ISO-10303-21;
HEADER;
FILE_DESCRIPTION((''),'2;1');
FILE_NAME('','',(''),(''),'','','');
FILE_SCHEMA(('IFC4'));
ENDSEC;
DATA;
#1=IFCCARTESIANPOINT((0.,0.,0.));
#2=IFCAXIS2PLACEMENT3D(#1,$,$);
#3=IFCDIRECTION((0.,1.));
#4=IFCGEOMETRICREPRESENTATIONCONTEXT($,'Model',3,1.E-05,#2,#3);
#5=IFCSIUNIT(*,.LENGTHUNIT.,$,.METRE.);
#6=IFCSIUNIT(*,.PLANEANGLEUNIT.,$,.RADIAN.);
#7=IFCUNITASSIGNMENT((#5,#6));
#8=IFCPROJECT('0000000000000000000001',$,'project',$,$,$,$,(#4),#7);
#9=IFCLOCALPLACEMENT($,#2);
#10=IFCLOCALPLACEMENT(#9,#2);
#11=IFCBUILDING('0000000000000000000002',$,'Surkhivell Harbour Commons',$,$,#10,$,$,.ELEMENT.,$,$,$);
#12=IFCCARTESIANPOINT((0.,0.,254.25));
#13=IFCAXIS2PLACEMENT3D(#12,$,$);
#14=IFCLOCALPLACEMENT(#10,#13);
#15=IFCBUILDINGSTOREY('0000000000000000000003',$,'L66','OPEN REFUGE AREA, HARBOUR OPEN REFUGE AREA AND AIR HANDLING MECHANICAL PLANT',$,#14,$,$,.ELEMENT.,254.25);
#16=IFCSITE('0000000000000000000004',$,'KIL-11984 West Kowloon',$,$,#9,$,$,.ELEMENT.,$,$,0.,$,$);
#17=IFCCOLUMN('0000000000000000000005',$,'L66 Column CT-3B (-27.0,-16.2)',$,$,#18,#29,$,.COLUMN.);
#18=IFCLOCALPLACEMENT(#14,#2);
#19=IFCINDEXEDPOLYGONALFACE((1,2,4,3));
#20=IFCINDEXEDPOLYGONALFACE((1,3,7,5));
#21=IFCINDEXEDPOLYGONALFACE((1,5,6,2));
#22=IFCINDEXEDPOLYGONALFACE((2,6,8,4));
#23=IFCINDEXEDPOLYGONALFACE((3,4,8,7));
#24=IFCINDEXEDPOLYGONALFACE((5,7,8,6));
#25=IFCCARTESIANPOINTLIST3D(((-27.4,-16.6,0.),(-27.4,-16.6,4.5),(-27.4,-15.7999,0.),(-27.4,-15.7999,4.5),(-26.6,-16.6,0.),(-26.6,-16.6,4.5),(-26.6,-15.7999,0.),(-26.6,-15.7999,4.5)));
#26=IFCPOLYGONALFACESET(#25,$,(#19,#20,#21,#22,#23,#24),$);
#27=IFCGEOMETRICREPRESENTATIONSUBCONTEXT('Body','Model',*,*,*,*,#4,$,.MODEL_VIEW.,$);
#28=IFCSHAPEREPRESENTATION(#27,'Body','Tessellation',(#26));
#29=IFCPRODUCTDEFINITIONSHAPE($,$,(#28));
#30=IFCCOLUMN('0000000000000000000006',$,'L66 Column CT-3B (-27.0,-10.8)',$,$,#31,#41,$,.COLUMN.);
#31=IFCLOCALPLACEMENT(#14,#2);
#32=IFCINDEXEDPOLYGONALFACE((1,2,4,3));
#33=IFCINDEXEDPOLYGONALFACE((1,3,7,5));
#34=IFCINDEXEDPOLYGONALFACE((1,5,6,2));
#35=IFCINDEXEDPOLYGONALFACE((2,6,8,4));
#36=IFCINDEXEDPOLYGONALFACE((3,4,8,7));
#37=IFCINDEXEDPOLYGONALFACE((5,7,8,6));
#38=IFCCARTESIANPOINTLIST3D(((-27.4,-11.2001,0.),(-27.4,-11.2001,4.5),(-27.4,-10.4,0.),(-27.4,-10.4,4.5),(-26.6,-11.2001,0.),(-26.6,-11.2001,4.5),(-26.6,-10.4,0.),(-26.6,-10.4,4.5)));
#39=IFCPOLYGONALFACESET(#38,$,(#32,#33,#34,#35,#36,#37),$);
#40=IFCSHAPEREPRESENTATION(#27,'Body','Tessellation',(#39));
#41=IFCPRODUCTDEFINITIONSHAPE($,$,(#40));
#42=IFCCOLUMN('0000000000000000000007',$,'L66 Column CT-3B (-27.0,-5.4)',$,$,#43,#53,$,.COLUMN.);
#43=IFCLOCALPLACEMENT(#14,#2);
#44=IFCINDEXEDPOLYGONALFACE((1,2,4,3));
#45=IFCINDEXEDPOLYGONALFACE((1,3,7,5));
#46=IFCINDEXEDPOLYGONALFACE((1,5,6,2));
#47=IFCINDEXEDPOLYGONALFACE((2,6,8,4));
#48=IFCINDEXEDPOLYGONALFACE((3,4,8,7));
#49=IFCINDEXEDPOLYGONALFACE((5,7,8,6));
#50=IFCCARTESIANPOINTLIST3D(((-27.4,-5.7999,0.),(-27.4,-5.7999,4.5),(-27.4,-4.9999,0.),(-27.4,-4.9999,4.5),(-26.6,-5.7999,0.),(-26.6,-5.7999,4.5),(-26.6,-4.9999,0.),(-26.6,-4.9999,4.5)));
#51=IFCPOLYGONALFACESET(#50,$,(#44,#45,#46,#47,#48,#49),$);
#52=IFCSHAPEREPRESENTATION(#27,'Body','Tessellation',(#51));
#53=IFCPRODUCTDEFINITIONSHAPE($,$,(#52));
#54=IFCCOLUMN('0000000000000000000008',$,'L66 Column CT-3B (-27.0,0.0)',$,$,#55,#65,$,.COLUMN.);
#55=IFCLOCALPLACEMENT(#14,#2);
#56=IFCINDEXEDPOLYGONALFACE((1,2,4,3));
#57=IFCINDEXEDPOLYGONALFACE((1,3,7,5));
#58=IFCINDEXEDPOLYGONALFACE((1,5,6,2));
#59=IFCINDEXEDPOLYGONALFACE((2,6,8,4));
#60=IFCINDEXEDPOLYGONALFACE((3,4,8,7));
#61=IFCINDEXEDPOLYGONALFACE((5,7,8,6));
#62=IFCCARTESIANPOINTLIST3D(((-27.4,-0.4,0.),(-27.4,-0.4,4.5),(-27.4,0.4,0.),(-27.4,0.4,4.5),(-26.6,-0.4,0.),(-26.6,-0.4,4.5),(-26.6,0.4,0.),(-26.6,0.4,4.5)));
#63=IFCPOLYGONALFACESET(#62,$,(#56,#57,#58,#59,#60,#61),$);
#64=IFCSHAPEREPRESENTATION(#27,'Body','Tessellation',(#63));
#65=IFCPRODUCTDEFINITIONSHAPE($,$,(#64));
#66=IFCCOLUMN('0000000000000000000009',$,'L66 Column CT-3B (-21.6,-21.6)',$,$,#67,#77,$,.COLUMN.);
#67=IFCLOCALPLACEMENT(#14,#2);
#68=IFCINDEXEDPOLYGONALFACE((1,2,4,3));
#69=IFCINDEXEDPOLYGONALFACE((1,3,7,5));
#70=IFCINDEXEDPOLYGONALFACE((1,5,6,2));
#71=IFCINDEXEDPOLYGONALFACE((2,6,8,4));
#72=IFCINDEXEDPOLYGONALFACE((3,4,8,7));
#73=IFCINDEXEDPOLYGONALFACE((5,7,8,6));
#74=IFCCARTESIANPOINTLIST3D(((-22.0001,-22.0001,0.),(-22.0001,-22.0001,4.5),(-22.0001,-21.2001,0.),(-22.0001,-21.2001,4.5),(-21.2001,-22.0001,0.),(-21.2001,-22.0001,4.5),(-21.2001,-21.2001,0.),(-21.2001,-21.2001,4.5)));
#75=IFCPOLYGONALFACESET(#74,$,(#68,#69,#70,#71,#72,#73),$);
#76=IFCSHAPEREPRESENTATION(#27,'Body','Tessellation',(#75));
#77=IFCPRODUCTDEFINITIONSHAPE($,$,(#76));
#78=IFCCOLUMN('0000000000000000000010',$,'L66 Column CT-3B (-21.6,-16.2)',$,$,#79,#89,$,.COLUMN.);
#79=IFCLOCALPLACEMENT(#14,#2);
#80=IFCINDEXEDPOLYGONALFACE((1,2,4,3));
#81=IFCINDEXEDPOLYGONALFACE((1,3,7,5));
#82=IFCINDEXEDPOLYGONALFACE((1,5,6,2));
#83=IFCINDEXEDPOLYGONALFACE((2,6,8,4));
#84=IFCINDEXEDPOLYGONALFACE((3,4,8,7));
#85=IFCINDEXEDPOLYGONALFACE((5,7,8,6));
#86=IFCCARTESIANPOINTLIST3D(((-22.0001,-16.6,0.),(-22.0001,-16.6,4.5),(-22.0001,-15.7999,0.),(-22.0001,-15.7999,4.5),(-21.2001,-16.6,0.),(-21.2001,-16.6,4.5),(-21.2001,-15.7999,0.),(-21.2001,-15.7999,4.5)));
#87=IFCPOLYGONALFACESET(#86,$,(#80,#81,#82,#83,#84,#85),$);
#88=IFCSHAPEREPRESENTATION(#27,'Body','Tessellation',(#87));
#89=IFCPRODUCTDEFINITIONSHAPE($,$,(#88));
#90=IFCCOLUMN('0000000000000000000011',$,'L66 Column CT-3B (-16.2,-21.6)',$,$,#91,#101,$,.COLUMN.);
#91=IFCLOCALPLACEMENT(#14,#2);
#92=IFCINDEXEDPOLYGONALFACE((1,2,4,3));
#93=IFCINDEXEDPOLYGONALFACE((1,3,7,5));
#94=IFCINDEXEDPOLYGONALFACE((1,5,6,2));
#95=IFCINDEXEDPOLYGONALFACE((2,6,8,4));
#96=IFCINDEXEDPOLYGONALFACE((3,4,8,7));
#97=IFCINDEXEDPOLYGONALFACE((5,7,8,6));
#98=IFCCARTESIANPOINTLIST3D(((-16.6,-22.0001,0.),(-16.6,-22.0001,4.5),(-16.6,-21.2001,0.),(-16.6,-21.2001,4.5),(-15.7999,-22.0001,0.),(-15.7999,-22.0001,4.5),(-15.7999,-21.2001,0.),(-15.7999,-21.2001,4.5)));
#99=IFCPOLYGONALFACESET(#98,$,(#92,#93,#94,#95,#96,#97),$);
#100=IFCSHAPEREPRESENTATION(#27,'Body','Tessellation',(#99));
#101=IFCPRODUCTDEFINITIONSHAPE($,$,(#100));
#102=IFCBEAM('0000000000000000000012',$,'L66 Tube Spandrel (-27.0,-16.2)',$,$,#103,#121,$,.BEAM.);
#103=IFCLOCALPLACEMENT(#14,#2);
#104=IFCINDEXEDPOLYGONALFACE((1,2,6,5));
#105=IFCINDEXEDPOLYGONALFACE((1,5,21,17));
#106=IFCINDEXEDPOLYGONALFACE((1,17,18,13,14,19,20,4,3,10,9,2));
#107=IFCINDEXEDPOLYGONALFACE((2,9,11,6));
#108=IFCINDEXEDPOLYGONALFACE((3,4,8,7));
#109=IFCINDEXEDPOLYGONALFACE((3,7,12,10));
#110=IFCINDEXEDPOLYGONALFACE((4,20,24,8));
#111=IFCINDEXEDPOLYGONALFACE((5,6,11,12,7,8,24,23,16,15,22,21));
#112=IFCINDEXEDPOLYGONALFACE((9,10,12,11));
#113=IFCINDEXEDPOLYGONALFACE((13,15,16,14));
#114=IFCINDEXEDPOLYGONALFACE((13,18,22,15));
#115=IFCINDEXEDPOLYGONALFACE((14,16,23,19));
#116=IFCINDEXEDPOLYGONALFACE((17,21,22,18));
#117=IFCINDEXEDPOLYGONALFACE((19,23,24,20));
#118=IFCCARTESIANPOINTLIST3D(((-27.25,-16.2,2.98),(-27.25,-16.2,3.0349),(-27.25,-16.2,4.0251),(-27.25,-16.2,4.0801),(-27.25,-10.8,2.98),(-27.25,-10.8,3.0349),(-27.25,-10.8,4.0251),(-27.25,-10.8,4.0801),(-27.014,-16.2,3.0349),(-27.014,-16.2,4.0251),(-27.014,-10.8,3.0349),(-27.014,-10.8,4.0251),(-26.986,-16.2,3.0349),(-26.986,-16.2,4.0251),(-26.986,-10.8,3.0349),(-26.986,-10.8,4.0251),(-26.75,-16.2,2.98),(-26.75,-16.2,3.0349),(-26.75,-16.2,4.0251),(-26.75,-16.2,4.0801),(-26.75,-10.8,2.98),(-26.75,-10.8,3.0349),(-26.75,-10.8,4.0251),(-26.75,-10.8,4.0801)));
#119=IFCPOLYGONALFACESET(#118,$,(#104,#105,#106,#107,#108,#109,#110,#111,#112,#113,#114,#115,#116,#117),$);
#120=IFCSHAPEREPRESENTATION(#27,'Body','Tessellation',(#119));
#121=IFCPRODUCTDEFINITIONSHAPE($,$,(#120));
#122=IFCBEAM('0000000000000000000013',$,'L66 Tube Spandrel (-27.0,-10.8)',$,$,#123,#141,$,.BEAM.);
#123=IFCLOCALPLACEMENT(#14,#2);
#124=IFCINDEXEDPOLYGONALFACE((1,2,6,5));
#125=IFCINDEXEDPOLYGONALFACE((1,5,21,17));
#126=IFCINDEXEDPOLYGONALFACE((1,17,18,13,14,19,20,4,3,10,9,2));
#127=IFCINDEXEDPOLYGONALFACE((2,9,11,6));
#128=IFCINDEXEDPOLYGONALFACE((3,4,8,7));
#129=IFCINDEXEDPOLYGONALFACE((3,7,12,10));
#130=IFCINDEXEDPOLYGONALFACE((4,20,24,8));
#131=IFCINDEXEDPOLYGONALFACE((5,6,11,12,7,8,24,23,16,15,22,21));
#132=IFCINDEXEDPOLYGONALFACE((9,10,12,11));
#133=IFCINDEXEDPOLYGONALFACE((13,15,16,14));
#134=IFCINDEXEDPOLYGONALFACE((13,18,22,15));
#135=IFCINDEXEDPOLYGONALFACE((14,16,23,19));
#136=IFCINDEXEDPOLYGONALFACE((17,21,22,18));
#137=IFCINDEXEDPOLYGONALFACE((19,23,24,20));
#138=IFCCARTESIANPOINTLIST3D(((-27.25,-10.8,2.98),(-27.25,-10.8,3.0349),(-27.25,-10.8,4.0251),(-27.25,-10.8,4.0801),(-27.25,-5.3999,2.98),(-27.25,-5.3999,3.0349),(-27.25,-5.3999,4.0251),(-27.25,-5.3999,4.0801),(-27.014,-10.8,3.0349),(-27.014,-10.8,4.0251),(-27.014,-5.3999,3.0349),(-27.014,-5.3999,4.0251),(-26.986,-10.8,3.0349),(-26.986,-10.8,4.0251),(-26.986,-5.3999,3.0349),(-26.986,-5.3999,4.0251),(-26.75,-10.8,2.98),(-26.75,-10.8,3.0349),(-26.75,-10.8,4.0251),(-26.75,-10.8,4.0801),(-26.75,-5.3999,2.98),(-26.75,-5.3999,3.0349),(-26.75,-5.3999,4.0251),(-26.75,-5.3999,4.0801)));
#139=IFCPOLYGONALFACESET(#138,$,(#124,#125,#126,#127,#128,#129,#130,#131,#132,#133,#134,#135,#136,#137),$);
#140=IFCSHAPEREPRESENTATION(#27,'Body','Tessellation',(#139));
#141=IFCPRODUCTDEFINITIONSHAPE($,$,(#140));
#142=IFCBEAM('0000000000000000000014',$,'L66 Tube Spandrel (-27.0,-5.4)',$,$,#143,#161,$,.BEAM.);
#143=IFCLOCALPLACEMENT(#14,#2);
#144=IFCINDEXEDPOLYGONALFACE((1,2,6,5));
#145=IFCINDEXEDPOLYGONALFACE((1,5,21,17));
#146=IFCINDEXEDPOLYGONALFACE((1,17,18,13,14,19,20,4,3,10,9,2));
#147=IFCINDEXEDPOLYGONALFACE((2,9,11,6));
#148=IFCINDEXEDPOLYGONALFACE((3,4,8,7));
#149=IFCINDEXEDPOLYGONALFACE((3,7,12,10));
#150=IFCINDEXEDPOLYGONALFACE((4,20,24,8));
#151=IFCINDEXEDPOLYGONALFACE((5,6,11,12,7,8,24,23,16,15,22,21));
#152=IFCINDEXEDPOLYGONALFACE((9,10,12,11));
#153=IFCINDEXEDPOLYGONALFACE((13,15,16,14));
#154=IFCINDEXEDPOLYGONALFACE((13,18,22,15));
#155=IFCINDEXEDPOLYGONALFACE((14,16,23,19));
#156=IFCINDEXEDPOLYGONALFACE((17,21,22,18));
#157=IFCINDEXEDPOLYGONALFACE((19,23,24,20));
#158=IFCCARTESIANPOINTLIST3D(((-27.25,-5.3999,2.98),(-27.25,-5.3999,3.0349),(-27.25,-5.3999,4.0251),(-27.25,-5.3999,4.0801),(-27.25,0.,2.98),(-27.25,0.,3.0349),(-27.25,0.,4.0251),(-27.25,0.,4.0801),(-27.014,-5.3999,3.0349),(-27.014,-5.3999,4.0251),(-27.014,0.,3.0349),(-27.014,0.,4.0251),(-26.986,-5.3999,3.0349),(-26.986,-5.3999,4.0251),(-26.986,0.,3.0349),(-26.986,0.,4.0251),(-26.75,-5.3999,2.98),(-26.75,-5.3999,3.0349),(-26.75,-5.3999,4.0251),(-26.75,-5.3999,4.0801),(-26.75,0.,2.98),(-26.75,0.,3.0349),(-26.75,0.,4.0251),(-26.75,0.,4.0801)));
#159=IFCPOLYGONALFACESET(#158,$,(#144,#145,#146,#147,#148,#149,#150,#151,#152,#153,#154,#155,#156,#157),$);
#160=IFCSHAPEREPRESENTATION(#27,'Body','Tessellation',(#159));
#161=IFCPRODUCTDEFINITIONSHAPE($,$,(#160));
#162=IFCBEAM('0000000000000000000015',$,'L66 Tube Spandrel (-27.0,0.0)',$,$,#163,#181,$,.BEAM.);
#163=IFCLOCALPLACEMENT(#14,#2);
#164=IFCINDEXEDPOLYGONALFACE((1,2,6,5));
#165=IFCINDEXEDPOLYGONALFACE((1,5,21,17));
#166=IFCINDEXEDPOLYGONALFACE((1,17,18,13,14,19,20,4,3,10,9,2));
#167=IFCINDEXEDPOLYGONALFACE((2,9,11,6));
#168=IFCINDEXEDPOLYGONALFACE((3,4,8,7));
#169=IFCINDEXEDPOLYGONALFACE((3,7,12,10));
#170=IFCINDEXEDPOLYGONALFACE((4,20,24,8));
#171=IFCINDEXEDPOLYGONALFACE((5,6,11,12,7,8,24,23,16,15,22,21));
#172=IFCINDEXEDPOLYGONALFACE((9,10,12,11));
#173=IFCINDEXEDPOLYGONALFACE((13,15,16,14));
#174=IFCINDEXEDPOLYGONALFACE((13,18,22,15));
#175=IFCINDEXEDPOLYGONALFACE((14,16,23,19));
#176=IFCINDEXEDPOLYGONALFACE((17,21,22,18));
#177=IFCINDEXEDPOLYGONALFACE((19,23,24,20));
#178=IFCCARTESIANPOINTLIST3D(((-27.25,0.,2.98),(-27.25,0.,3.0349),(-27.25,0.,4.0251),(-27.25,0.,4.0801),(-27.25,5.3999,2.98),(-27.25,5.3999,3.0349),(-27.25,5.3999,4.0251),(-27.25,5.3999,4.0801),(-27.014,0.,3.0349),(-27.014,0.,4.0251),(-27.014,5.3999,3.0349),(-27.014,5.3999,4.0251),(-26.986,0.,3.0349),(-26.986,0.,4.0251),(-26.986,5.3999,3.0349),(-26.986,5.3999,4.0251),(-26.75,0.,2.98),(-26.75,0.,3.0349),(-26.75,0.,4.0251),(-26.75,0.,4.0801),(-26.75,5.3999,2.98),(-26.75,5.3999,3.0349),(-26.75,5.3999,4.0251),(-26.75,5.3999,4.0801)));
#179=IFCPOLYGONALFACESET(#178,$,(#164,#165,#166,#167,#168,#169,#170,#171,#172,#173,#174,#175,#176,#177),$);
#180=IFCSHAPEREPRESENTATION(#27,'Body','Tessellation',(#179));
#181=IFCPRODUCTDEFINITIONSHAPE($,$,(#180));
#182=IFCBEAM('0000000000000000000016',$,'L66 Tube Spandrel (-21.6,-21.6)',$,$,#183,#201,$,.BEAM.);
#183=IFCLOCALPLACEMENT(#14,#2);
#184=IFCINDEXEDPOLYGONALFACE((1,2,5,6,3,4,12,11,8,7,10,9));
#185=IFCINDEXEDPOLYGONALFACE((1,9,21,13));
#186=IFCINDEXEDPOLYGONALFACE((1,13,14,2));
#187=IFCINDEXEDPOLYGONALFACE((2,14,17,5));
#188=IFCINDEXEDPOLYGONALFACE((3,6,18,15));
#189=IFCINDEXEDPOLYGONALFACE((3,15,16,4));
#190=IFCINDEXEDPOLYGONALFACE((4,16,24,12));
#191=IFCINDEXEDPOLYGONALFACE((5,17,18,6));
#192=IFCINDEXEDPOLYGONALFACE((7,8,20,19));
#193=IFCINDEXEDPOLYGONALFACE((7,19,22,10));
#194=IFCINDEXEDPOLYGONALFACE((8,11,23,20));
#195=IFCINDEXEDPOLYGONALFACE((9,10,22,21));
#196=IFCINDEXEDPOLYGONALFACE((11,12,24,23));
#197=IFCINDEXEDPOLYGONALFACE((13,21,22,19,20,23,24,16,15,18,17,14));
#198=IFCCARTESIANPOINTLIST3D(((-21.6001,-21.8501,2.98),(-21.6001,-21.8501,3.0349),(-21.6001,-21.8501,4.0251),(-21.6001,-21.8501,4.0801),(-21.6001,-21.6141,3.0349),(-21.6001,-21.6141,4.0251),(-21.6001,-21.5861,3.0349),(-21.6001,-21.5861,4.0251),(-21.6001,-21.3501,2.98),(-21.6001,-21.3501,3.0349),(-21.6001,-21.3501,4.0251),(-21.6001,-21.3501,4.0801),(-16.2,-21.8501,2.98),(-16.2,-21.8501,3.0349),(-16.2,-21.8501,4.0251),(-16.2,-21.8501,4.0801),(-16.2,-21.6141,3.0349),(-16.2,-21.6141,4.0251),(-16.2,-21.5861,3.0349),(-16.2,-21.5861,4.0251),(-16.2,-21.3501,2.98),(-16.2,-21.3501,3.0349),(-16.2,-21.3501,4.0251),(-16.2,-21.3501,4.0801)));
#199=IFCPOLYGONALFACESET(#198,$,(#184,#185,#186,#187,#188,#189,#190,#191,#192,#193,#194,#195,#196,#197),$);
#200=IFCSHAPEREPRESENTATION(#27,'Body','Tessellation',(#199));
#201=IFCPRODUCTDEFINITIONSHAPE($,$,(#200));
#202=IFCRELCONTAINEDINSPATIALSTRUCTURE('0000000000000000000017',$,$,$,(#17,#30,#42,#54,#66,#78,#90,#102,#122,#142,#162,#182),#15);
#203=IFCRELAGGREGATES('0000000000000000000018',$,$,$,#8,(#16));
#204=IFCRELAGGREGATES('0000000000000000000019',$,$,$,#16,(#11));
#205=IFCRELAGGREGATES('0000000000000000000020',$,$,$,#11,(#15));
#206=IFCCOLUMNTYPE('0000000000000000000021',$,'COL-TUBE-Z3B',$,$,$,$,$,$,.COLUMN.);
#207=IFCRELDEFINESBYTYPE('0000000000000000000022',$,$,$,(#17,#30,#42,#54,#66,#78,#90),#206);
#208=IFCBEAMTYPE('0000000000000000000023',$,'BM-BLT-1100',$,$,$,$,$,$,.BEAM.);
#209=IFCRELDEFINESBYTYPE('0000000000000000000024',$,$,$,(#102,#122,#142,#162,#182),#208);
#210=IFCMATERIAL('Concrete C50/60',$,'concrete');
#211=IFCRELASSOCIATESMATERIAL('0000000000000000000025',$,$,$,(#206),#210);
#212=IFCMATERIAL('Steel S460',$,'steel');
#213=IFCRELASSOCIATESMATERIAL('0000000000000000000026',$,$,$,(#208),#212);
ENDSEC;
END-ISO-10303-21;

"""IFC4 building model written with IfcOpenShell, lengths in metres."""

from ifc_helpers import new_model, si_unit, direction, frame, origin, origin_2d, place, context, subcontext, project, spatial, rectangle, i_section, extrude, material, material_profile, profile_set, type_object, element, save


model = new_model("IFC4")

# Units and contexts
model_context = context("Model", 3, precision=1e-05, world=origin(), true_north=direction((0.0, 1.0)))
body_context = subcontext(model_context, "Body", "Model", "MODEL_VIEW")
ifc_project = project(units=[si_unit("LENGTHUNIT", "METRE"), si_unit("PLANEANGLEUNIT", "RADIAN")], contexts=[model_context])

# Site, building, storey
site_placement = place(None, origin())
site = spatial("IfcSite", under=ifc_project, at=site_placement, Name="KIL-11984 West Kowloon", CompositionType="ELEMENT", RefElevation=0.0)
building_placement = place(site_placement, origin())
building = spatial("IfcBuilding", under=site, at=building_placement, Name="Surkhivell Harbour Commons", CompositionType="ELEMENT")
storey_placement = place(building_placement, frame((0.0, 0.0, 254.25)))
storey = spatial("IfcBuildingStorey", under=building, at=storey_placement, Name="L66", Description="OPEN REFUGE AREA, HARBOUR OPEN REFUGE AREA AND AIR HANDLING MECHANICAL PLANT", CompositionType="ELEMENT", Elevation=254.25)

# Columns
ifc_material_1 = material(Name="Concrete C50/60", Category="concrete")
ifc_material_profile_1 = material_profile(ifc_material_1, rectangle(XDim=0.8, YDim=0.8, at=origin_2d()), Name="RC-COL-800x800")
ifc_profile_set_1 = profile_set([ifc_material_profile_1], Name="Concrete C50/60")
column_type = type_object("IfcColumnType", Name="COL-TUBE-Z3B", PredefinedType="COLUMN", material=ifc_profile_set_1)
for number, where, z_axis, x_axis, name in (
    (1, (-27.0, -16.2, 0.0), (0.0, 0.0, 1.0), (1.0, 0.0, 0.0), "L66 Column CT-3B (-27.0,-16.2)"),
    (2, (-27.0, -10.8, 0.0), (0.0, 0.0, 1.0), (1.0, 0.0, 0.0), "L66 Column CT-3B (-27.0,-10.8)"),
    (3, (-27.0, -5.3999, 0.0), (0.0, 0.0, 1.0), (1.0, 0.0, 0.0), "L66 Column CT-3B (-27.0,-5.4)"),
    (4, (-27.0, 0.0, 0.0), (0.0, 0.0, 1.0), (1.0, 0.0, 0.0), "L66 Column CT-3B (-27.0,0.0)"),
    (5, (-21.6001, -21.6001, 0.0), (0.0, 0.0, 1.0), (1.0, 0.0, 0.0), "L66 Column CT-3B (-21.6,-21.6)"),
    (6, (-21.6001, -16.2, 0.0), (0.0, 0.0, 1.0), (1.0, 0.0, 0.0), "L66 Column CT-3B (-21.6,-16.2)"),
    (7, (-16.2, -21.6001, 0.0), (0.0, 0.0, 1.0), (1.0, 0.0, 0.0), "L66 Column CT-3B (-16.2,-21.6)"),
):
    element("IfcColumn", number, at=place(storey_placement, frame(where, z_axis=z_axis, x_axis=x_axis)), inside=storey, type_object=column_type, Name=name, PredefinedType="COLUMN", context=body_context, shape_type="SweptSolid", body=[
        extrude(rectangle(XDim=0.8, YDim=0.8, at=origin_2d()), origin(), (0.0, 0.0, 1.0), 4.5),
    ])

# Beams
ifc_material_2 = material(Name="Steel S460", Category="steel")
ifc_material_profile_2 = material_profile(ifc_material_2, i_section(OverallWidth=0.5, OverallDepth=1.1001, WebThickness=0.0281, FlangeThickness=0.0549, at=origin_2d()), Name="WPG1100x500x210")
ifc_profile_set_2 = profile_set([ifc_material_profile_2], Name="Steel S460")
beam_type_1 = type_object("IfcBeamType", Name="BM-BLT-1100", PredefinedType="BEAM", material=ifc_profile_set_2)
beam_1_placement = place(storey_placement, frame((-27.0, -16.2, 3.53), z_axis=(0.0, 1.0, 0.0), x_axis=(-1.0, 0.0, 0.0)))
element("IfcBeam", 8, at=beam_1_placement, inside=storey, type_object=beam_type_1, Name="L66 Tube Spandrel (-27.0,-16.2)", PredefinedType="BEAM", context=body_context, shape_type="SweptSolid", body=[
    extrude(i_section(OverallWidth=0.5, OverallDepth=1.1001, WebThickness=0.0281, FlangeThickness=0.0549, at=origin_2d()), origin(), (0.0, 0.0, 1.0), 5.3999),
])
beam_2_placement = place(storey_placement, frame((-27.0, -10.8, 3.53), z_axis=(0.0, 1.0, 0.0), x_axis=(-1.0, 0.0, 0.0)))
element("IfcBeam", 9, at=beam_2_placement, inside=storey, type_object=beam_type_1, Name="L66 Tube Spandrel (-27.0,-10.8)", PredefinedType="BEAM", context=body_context, shape_type="SweptSolid", body=[
    extrude(i_section(OverallWidth=0.5, OverallDepth=1.1001, WebThickness=0.0281, FlangeThickness=0.0549, at=origin_2d()), origin(), (0.0, 0.0, 1.0), 5.4001),
])
for number, where, z_axis, x_axis, name in (
    (10, (-27.0, -5.3999, 3.53), (0.0, 1.0, 0.0), (-1.0, 0.0, 0.0), "L66 Tube Spandrel (-27.0,-5.4)"),
    (11, (-27.0, 0.0, 3.53), (0.0, 1.0, 0.0), (-1.0, 0.0, 0.0), "L66 Tube Spandrel (-27.0,0.0)"),
):
    element("IfcBeam", number, at=place(storey_placement, frame(where, z_axis=z_axis, x_axis=x_axis)), inside=storey, type_object=beam_type_1, Name=name, PredefinedType="BEAM", context=body_context, shape_type="SweptSolid", body=[
        extrude(i_section(OverallWidth=0.5, OverallDepth=1.1001, WebThickness=0.0281, FlangeThickness=0.0549, at=origin_2d()), origin(), (0.0, 0.0, 1.0), 5.3999),
    ])
beam_3_placement = place(storey_placement, frame((-21.6001, -21.6001, 3.53), z_axis=(1.0, 0.0, 0.0), x_axis=(0.0, 1.0, 0.0)))
element("IfcBeam", 12, at=beam_3_placement, inside=storey, type_object=beam_type_1, Name="L66 Tube Spandrel (-21.6,-21.6)", PredefinedType="BEAM", context=body_context, shape_type="SweptSolid", body=[
    extrude(i_section(OverallWidth=0.5, OverallDepth=1.1001, WebThickness=0.0281, FlangeThickness=0.0549, at=origin_2d()), origin(), (0.0, 0.0, 1.0), 5.4001),
])

save(model, "model.ifc")
